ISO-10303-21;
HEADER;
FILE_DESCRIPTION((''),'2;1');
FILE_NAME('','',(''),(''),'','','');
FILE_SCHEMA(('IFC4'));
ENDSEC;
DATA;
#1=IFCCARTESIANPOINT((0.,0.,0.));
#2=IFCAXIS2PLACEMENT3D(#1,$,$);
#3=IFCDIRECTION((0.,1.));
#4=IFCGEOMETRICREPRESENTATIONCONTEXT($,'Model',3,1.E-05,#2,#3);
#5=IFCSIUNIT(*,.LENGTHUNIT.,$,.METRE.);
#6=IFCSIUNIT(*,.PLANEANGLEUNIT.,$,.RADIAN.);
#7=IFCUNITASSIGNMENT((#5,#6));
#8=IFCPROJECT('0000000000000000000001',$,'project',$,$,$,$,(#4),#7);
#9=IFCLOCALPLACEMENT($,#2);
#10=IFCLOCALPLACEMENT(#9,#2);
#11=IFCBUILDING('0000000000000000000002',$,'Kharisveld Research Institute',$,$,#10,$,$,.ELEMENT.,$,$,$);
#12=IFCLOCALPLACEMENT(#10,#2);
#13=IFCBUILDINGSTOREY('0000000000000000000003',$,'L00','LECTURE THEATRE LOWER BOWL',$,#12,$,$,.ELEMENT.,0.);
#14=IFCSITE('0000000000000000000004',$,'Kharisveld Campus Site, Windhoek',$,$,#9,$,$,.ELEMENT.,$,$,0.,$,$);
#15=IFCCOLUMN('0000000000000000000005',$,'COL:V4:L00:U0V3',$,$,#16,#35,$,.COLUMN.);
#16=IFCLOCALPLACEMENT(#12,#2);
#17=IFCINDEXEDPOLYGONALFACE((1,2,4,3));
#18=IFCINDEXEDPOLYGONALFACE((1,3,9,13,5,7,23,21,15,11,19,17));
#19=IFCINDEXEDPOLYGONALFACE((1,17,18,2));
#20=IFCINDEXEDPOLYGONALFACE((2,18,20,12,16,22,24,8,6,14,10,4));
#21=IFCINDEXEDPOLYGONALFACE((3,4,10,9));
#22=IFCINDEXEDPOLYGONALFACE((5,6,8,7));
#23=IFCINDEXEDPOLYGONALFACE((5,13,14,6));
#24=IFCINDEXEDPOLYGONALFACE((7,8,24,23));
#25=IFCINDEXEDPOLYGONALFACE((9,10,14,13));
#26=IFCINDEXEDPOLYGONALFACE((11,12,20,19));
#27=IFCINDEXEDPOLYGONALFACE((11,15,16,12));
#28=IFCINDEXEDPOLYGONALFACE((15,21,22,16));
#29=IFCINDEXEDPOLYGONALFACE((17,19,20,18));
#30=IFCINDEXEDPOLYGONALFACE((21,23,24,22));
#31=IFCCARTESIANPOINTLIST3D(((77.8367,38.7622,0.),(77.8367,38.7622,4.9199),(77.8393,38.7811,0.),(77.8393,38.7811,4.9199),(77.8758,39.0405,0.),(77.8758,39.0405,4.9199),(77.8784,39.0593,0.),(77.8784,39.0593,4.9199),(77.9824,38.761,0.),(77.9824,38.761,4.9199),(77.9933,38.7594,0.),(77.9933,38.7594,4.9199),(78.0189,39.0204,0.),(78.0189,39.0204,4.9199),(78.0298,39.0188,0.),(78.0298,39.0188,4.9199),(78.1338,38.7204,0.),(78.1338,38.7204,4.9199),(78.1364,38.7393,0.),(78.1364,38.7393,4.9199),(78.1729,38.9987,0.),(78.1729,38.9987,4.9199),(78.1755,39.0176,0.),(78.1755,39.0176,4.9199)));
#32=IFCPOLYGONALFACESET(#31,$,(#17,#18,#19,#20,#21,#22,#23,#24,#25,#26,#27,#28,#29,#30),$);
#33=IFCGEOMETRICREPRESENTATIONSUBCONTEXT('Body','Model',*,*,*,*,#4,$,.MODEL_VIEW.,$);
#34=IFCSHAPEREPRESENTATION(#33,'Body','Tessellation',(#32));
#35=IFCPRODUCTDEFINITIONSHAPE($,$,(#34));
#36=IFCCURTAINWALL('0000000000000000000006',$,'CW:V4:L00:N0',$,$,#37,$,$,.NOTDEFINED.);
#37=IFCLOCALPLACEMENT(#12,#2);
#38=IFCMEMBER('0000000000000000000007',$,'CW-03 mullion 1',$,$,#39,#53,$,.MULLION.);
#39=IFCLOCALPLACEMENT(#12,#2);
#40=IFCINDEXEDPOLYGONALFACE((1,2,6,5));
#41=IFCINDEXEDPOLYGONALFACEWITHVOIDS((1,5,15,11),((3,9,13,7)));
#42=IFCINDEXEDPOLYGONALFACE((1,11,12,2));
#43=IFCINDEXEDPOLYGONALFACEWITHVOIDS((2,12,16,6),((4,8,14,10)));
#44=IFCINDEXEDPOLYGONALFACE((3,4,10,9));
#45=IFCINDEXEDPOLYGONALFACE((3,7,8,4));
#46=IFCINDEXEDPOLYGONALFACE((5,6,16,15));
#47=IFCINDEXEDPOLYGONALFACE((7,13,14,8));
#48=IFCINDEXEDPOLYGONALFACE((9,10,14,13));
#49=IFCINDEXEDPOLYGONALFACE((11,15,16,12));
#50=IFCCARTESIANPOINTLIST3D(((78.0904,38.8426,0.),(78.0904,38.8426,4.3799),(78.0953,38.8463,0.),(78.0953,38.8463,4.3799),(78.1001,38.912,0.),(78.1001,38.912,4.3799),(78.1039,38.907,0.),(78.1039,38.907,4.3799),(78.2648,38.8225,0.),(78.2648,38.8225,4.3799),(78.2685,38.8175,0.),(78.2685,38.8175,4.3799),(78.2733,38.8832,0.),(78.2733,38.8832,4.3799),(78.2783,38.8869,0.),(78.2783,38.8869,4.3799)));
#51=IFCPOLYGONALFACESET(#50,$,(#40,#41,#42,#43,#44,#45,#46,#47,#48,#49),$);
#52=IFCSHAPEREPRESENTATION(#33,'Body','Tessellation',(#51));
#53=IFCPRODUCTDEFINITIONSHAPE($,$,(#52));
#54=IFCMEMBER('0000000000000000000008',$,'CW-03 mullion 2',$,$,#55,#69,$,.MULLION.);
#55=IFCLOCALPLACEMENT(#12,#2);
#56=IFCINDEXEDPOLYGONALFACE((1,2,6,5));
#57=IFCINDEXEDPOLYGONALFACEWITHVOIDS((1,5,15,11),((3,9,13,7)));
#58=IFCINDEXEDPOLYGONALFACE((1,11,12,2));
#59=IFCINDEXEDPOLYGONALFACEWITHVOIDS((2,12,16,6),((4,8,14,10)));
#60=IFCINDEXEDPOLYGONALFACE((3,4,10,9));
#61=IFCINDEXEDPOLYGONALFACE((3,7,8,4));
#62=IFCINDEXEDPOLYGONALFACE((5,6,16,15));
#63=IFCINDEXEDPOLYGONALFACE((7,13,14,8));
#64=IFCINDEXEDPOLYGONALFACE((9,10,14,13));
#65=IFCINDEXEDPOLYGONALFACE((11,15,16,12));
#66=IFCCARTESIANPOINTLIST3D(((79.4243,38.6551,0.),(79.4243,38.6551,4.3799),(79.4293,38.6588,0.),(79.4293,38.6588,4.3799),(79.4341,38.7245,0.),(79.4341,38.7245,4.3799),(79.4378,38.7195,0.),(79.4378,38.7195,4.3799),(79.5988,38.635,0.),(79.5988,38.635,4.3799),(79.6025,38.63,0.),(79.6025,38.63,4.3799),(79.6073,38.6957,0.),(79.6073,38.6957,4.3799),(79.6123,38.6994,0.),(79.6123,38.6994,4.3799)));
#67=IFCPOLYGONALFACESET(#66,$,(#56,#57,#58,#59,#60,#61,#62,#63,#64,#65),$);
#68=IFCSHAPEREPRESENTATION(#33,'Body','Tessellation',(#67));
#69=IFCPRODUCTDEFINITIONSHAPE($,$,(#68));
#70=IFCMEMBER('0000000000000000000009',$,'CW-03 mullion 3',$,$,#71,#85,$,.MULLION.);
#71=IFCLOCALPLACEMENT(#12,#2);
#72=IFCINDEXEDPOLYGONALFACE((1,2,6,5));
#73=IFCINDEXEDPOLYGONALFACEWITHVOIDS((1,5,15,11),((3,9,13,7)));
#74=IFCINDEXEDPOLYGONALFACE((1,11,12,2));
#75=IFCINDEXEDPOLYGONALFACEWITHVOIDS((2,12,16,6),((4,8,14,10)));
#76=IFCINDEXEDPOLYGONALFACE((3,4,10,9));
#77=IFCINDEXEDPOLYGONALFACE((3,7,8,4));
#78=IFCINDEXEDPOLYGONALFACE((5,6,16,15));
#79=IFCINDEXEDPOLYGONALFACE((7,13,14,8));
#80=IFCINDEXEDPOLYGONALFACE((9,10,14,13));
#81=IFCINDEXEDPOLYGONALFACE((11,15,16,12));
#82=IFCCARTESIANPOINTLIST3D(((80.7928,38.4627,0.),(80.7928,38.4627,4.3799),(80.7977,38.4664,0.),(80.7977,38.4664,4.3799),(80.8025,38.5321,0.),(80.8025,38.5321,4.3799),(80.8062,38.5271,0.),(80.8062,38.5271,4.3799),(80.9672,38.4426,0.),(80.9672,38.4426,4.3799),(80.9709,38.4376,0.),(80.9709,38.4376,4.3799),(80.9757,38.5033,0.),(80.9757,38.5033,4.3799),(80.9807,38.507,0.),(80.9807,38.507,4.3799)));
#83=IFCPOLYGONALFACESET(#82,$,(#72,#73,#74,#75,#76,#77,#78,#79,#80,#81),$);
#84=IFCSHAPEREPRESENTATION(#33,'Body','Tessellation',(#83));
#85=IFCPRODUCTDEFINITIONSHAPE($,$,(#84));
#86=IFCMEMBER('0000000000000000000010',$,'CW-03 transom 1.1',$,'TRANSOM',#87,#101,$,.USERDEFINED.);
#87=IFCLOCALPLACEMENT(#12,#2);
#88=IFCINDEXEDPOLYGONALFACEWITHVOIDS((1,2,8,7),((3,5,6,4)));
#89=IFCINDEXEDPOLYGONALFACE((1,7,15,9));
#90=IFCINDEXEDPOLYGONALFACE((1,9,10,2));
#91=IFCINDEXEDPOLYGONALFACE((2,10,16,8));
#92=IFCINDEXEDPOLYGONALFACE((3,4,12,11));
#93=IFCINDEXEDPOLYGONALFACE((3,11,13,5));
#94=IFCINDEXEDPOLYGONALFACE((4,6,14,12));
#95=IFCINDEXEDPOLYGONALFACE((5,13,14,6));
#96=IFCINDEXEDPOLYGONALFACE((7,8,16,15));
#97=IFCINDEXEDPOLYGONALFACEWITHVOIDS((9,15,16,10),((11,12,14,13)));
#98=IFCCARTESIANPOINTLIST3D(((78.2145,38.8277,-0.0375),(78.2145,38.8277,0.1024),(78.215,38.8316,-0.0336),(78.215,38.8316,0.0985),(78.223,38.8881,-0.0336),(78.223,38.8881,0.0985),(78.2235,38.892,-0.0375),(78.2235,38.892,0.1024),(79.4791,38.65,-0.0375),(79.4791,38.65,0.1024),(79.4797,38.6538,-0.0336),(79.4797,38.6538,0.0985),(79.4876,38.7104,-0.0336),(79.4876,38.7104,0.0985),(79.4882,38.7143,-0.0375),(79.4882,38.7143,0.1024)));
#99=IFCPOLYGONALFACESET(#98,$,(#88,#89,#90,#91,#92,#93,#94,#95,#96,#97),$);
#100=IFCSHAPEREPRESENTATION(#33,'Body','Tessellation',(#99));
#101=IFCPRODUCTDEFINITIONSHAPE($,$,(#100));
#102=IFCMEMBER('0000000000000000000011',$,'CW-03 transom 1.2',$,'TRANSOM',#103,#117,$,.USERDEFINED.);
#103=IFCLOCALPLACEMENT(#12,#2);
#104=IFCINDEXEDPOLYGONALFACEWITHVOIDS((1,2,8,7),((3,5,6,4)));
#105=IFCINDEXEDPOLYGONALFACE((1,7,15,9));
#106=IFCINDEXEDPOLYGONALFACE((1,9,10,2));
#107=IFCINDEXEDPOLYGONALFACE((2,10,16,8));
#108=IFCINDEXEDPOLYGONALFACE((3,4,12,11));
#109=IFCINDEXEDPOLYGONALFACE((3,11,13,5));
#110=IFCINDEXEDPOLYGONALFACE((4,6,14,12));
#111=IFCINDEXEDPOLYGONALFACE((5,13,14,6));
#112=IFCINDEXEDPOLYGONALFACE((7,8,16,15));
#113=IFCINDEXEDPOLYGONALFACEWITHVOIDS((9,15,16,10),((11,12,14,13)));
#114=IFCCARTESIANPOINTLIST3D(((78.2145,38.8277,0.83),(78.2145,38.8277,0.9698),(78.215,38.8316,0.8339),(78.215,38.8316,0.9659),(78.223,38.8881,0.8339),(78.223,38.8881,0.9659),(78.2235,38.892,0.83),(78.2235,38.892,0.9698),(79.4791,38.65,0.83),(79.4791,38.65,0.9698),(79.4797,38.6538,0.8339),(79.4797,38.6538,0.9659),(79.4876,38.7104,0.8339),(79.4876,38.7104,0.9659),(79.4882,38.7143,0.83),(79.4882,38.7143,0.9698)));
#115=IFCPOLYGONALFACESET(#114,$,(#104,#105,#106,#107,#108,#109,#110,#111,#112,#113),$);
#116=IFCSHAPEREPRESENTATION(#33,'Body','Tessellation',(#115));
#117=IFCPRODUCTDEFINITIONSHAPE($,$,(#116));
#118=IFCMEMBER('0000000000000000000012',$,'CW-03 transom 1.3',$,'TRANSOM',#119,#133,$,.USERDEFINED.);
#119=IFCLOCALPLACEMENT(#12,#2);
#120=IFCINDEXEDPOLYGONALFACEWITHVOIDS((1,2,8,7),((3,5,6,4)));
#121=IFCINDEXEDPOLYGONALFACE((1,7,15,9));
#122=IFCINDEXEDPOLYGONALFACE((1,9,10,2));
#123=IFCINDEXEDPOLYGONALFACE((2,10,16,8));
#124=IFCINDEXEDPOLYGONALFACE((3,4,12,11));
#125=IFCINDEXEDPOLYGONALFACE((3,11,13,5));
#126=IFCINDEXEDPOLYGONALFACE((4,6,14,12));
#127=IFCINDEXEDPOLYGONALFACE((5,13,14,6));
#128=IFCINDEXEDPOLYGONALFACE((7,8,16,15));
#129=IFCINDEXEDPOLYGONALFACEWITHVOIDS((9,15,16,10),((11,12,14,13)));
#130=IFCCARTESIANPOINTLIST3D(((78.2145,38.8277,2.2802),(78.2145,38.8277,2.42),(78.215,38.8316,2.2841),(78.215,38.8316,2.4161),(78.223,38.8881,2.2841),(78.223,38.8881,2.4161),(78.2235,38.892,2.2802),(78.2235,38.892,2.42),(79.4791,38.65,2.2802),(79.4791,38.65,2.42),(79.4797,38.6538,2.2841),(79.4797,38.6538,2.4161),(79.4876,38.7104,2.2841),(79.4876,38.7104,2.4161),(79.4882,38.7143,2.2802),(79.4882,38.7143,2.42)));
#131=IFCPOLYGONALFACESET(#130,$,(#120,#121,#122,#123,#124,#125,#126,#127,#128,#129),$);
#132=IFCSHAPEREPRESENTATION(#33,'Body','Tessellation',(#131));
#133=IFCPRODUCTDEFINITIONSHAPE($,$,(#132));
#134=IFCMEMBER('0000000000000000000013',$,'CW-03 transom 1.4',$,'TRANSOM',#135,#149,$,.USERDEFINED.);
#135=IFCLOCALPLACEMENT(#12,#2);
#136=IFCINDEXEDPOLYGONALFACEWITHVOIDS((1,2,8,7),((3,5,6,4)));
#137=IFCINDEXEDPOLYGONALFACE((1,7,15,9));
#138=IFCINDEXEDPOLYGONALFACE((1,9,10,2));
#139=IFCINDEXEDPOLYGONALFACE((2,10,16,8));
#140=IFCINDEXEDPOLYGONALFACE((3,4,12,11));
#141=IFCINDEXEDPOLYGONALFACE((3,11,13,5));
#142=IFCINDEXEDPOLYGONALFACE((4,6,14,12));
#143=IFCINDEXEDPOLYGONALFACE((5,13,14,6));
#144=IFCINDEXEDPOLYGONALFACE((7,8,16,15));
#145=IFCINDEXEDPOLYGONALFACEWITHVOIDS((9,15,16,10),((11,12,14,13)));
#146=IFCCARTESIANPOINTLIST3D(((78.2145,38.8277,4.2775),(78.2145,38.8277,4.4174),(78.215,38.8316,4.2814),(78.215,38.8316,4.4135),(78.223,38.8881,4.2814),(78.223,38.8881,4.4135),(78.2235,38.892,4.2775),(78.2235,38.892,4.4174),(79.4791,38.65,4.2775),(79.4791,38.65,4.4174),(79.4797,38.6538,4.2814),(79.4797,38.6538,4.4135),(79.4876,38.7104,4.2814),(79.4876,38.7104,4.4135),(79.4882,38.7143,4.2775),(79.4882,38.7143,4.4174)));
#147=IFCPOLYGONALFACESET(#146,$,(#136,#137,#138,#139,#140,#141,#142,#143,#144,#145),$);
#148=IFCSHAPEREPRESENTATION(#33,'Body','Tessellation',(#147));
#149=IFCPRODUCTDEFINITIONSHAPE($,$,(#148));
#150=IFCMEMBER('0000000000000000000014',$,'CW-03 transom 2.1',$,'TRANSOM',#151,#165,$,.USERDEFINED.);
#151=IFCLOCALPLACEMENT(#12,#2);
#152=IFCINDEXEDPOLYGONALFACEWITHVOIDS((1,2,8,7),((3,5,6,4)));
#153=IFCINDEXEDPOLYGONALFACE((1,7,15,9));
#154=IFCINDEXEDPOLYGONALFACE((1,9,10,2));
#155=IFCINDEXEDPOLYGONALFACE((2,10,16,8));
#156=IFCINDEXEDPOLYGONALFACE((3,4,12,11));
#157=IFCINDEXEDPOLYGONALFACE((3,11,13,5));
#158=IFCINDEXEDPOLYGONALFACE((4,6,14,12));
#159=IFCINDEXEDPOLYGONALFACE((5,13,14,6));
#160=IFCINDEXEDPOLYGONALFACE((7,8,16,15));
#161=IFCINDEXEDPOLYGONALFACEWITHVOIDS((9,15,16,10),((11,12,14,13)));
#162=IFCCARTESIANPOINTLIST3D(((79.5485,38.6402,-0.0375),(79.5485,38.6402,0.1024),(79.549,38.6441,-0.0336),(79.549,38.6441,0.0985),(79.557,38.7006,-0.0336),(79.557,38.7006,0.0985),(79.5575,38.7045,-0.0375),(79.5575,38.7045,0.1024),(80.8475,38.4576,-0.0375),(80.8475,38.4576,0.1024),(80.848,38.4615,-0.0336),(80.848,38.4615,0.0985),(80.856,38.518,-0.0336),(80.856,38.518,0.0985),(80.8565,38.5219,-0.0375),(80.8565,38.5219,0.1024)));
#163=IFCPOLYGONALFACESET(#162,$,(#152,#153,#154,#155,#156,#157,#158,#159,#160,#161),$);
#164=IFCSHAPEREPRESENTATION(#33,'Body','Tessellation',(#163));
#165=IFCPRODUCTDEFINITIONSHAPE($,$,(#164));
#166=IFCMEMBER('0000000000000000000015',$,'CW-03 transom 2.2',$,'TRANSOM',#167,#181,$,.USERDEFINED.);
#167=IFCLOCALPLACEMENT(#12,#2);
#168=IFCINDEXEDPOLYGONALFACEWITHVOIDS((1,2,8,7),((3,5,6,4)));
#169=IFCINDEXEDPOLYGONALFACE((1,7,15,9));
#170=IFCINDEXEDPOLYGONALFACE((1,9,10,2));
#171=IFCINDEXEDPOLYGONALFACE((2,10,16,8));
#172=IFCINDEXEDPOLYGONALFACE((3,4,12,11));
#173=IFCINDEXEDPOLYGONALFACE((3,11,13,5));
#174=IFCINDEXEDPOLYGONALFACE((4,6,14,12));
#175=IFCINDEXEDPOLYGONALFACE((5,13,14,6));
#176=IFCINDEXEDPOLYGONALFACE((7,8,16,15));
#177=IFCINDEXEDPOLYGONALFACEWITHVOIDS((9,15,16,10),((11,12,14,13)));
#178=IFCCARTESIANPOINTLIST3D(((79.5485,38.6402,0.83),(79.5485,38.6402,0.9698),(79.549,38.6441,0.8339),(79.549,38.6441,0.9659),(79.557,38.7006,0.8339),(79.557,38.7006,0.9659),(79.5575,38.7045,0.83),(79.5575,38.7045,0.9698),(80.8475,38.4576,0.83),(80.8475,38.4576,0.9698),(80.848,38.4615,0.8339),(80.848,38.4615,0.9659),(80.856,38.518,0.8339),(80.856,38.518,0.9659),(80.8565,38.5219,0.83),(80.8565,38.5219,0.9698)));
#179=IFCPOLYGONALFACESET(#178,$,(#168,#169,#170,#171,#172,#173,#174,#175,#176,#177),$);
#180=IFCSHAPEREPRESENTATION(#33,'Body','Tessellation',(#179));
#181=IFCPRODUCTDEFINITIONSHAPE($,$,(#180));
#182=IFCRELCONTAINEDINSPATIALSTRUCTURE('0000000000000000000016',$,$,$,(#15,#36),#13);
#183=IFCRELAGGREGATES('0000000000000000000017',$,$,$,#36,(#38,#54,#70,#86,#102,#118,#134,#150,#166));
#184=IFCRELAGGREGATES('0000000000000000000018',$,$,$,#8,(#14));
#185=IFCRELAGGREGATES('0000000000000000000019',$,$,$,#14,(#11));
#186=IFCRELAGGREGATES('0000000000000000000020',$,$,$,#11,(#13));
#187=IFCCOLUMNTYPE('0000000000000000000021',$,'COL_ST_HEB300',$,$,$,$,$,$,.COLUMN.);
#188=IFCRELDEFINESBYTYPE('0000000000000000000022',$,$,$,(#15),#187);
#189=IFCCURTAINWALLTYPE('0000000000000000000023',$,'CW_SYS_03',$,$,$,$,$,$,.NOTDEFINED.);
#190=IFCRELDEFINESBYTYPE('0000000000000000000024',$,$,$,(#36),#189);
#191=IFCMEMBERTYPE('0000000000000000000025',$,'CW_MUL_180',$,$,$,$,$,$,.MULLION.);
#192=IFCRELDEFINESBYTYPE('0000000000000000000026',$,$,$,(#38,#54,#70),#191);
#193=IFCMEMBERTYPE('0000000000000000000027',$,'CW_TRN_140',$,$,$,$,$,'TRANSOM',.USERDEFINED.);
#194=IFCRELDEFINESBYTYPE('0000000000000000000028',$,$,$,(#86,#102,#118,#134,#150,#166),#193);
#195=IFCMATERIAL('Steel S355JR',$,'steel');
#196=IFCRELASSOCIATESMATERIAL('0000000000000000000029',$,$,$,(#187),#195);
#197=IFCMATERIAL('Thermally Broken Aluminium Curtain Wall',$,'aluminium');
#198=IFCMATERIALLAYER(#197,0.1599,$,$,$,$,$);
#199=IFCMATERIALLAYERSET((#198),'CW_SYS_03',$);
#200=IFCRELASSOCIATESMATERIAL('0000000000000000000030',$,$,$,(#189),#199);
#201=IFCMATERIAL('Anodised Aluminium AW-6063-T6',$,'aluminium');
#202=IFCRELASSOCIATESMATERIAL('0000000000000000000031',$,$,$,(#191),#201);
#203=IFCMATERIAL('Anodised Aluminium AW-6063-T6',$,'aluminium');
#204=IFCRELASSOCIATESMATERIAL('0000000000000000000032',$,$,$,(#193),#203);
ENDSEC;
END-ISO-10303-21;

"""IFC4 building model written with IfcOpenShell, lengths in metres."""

from ifc_helpers import new_model, si_unit, direction, frame, origin, origin_2d, place, context, subcontext, project, spatial, hollow_rectangle, i_section, extrude, material, layer, layer_set, material_profile, profile_set, type_object, element, aggregate, save


model = new_model("IFC4")

# Units and contexts
model_context = context("Model", 3, precision=1e-05, world=origin(), true_north=direction((0.0, 1.0)))
body_context = subcontext(model_context, "Body", "Model", "MODEL_VIEW")
ifc_project = project(units=[si_unit("LENGTHUNIT", "METRE"), si_unit("PLANEANGLEUNIT", "RADIAN")], contexts=[model_context])

# Site, building, storey
site_placement = place(None, origin())
site = spatial("IfcSite", under=ifc_project, at=site_placement, Name="Kharisveld Campus Site, Windhoek", CompositionType="ELEMENT", RefElevation=0.0)
building_placement = place(site_placement, origin())
building = spatial("IfcBuilding", under=site, at=building_placement, Name="Kharisveld Research Institute", CompositionType="ELEMENT")
storey_placement = place(building_placement, origin())
storey = spatial("IfcBuildingStorey", under=building, at=storey_placement, Name="L00", Description="LECTURE THEATRE LOWER BOWL", CompositionType="ELEMENT", Elevation=0.0)

# Column
ifc_material_1 = material(Name="Steel S355JR", Category="steel")
ifc_material_profile_1 = material_profile(ifc_material_1, i_section(OverallWidth=0.3, OverallDepth=0.3, WebThickness=0.011, FlangeThickness=0.019, at=origin_2d()))
ifc_profile_set_1 = profile_set([ifc_material_profile_1], Name="Steel S355JR")
column_type = type_object("IfcColumnType", Name="COL_ST_HEB300", PredefinedType="COLUMN", material=ifc_profile_set_1)
column_placement = place(storey_placement, frame((78.0061, 38.8899, 0.0), z_axis=(0.0, 0.0, 1.0), x_axis=(0.990268, -0.139173, 0.0)))
element("IfcColumn", 1, at=column_placement, inside=storey, type_object=column_type, Name="COL:V4:L00:U0V3", PredefinedType="COLUMN", context=body_context, shape_type="SweptSolid", body=[
    extrude(i_section(OverallWidth=0.3, OverallDepth=0.3, WebThickness=0.011, FlangeThickness=0.019, at=origin_2d()), origin(), (0.0, 0.0, 1.0), 4.9199),
])

# Curtain wall, members
ifc_material_2 = material(Name="Thermally Broken Aluminium Curtain Wall", Category="aluminium")
ifc_layer_1 = layer(ifc_material_2, 0.1599)
ifc_layer_set_1 = layer_set([ifc_layer_1], Name="CW_SYS_03")
curtain_wall_type = type_object("IfcCurtainWallType", Name="CW_SYS_03", PredefinedType="NOTDEFINED", material=ifc_layer_set_1)
curtain_wall_placement = place(storey_placement, origin())
curtain_wall = element("IfcCurtainWall", 2, at=curtain_wall_placement, inside=storey, type_object=curtain_wall_type, Name="CW:V4:L00:N0", PredefinedType="NOTDEFINED")
ifc_material_3 = material(Name="Anodised Aluminium AW-6063-T6", Category="aluminium")
ifc_material_profile_2 = material_profile(ifc_material_3, hollow_rectangle(XDim=0.0701, YDim=0.1799, WallThickness=0.0044, at=origin_2d()))
ifc_profile_set_2 = profile_set([ifc_material_profile_2], Name="Anodised Aluminium AW-6063-T6")
member_type_1 = type_object("IfcMemberType", Name="CW_MUL_180", PredefinedType="MULLION", material=ifc_profile_set_2)
member_1_placement = place(storey_placement, frame((78.1843, 38.8647, 0.0), z_axis=(0.0, 0.0, 1.0), x_axis=(0.139173, 0.990268, 0.0)))
member_1 = element("IfcMember", 3, at=member_1_placement, type_object=member_type_1, Name="CW-03 mullion 1", PredefinedType="MULLION", context=body_context, shape_type="SweptSolid", body=[
    extrude(hollow_rectangle(XDim=0.0701, YDim=0.1799, WallThickness=0.0044, at=origin_2d()), origin(), (0.0, 0.0, 1.0), 4.3799),
])
member_2_placement = place(storey_placement, frame((79.5183, 38.6772, 0.0), z_axis=(0.0, 0.0, 1.0), x_axis=(0.139173, 0.990268, 0.0)))
member_2 = element("IfcMember", 4, at=member_2_placement, type_object=member_type_1, Name="CW-03 mullion 2", PredefinedType="MULLION", context=body_context, shape_type="SweptSolid", body=[
    extrude(hollow_rectangle(XDim=0.0701, YDim=0.1799, WallThickness=0.0044, at=origin_2d()), origin(), (0.0, 0.0, 1.0), 4.3799),
])
member_3_placement = place(storey_placement, frame((80.8867, 38.4849, 0.0), z_axis=(0.0, 0.0, 1.0), x_axis=(0.139173, 0.990268, 0.0)))
member_3 = element("IfcMember", 5, at=member_3_placement, type_object=member_type_1, Name="CW-03 mullion 3", PredefinedType="MULLION", context=body_context, shape_type="SweptSolid", body=[
    extrude(hollow_rectangle(XDim=0.0701, YDim=0.1799, WallThickness=0.0044, at=origin_2d()), origin(), (0.0, 0.0, 1.0), 4.3799),
])
ifc_material_4 = material(Name="Anodised Aluminium AW-6063-T6", Category="aluminium")
ifc_material_profile_3 = material_profile(ifc_material_4, hollow_rectangle(XDim=0.0649, YDim=0.1399, WallThickness=0.0039, at=origin_2d()))
ifc_profile_set_3 = profile_set([ifc_material_profile_3], Name="Anodised Aluminium AW-6063-T6")
member_type_2 = type_object("IfcMemberType", Name="CW_TRN_140", ElementType="TRANSOM", PredefinedType="USERDEFINED", material=ifc_profile_set_3)
member_4_placement = place(storey_placement, frame((78.219, 38.8599, 0.0325), z_axis=(0.990268, -0.139173, 0.0), x_axis=(0.139173, 0.990268, 0.0)))
member_4 = element("IfcMember", 6, at=member_4_placement, type_object=member_type_2, Name="CW-03 transom 1.1", ObjectType="TRANSOM", PredefinedType="USERDEFINED", context=body_context, shape_type="SweptSolid", body=[
    extrude(hollow_rectangle(XDim=0.0649, YDim=0.1399, WallThickness=0.0039, at=origin_2d()), origin(), (0.0, 0.0, 1.0), 1.2771),
])
member_5_placement = place(storey_placement, frame((78.219, 38.8599, 0.8999), z_axis=(0.990268, -0.139173, 0.0), x_axis=(0.139173, 0.990268, 0.0)))
member_5 = element("IfcMember", 7, at=member_5_placement, type_object=member_type_2, Name="CW-03 transom 1.2", ObjectType="TRANSOM", PredefinedType="USERDEFINED", context=body_context, shape_type="SweptSolid", body=[
    extrude(hollow_rectangle(XDim=0.0649, YDim=0.1399, WallThickness=0.0039, at=origin_2d()), origin(), (0.0, 0.0, 1.0), 1.2771),
])
member_6_placement = place(storey_placement, frame((78.219, 38.8599, 2.3501), z_axis=(0.990268, -0.139173, 0.0), x_axis=(0.139173, 0.990268, 0.0)))
member_6 = element("IfcMember", 8, at=member_6_placement, type_object=member_type_2, Name="CW-03 transom 1.3", ObjectType="TRANSOM", PredefinedType="USERDEFINED", context=body_context, shape_type="SweptSolid", body=[
    extrude(hollow_rectangle(XDim=0.0649, YDim=0.1399, WallThickness=0.0039, at=origin_2d()), origin(), (0.0, 0.0, 1.0), 1.2771),
])
member_7_placement = place(storey_placement, frame((78.219, 38.8599, 4.3474), z_axis=(0.990268, -0.139173, 0.0), x_axis=(0.139173, 0.990268, 0.0)))
member_7 = element("IfcMember", 9, at=member_7_placement, type_object=member_type_2, Name="CW-03 transom 1.4", ObjectType="TRANSOM", PredefinedType="USERDEFINED", context=body_context, shape_type="SweptSolid", body=[
    extrude(hollow_rectangle(XDim=0.0649, YDim=0.1399, WallThickness=0.0039, at=origin_2d()), origin(), (0.0, 0.0, 1.0), 1.2771),
])
member_8_placement = place(storey_placement, frame((79.553, 38.6724, 0.0325), z_axis=(0.990263, -0.139206, 0.0), x_axis=(0.139206, 0.990263, 0.0)))
member_8 = element("IfcMember", 10, at=member_8_placement, type_object=member_type_2, Name="CW-03 transom 2.1", ObjectType="TRANSOM", PredefinedType="USERDEFINED", context=body_context, shape_type="SweptSolid", body=[
    extrude(hollow_rectangle(XDim=0.0649, YDim=0.1399, WallThickness=0.0039, at=origin_2d()), origin(), (0.0, 0.0, 1.0), 1.3118),
])
member_9_placement = place(storey_placement, frame((79.553, 38.6724, 0.8999), z_axis=(0.990263, -0.139206, 0.0), x_axis=(0.139206, 0.990263, 0.0)))
member_9 = element("IfcMember", 11, at=member_9_placement, type_object=member_type_2, Name="CW-03 transom 2.2", ObjectType="TRANSOM", PredefinedType="USERDEFINED", context=body_context, shape_type="SweptSolid", body=[
    extrude(hollow_rectangle(XDim=0.0649, YDim=0.1399, WallThickness=0.0039, at=origin_2d()), origin(), (0.0, 0.0, 1.0), 1.3118),
])

aggregate(curtain_wall, [member_1, member_2, member_3, member_4, member_5, member_6, member_7, member_8, member_9])

save(model, "model.ifc")
